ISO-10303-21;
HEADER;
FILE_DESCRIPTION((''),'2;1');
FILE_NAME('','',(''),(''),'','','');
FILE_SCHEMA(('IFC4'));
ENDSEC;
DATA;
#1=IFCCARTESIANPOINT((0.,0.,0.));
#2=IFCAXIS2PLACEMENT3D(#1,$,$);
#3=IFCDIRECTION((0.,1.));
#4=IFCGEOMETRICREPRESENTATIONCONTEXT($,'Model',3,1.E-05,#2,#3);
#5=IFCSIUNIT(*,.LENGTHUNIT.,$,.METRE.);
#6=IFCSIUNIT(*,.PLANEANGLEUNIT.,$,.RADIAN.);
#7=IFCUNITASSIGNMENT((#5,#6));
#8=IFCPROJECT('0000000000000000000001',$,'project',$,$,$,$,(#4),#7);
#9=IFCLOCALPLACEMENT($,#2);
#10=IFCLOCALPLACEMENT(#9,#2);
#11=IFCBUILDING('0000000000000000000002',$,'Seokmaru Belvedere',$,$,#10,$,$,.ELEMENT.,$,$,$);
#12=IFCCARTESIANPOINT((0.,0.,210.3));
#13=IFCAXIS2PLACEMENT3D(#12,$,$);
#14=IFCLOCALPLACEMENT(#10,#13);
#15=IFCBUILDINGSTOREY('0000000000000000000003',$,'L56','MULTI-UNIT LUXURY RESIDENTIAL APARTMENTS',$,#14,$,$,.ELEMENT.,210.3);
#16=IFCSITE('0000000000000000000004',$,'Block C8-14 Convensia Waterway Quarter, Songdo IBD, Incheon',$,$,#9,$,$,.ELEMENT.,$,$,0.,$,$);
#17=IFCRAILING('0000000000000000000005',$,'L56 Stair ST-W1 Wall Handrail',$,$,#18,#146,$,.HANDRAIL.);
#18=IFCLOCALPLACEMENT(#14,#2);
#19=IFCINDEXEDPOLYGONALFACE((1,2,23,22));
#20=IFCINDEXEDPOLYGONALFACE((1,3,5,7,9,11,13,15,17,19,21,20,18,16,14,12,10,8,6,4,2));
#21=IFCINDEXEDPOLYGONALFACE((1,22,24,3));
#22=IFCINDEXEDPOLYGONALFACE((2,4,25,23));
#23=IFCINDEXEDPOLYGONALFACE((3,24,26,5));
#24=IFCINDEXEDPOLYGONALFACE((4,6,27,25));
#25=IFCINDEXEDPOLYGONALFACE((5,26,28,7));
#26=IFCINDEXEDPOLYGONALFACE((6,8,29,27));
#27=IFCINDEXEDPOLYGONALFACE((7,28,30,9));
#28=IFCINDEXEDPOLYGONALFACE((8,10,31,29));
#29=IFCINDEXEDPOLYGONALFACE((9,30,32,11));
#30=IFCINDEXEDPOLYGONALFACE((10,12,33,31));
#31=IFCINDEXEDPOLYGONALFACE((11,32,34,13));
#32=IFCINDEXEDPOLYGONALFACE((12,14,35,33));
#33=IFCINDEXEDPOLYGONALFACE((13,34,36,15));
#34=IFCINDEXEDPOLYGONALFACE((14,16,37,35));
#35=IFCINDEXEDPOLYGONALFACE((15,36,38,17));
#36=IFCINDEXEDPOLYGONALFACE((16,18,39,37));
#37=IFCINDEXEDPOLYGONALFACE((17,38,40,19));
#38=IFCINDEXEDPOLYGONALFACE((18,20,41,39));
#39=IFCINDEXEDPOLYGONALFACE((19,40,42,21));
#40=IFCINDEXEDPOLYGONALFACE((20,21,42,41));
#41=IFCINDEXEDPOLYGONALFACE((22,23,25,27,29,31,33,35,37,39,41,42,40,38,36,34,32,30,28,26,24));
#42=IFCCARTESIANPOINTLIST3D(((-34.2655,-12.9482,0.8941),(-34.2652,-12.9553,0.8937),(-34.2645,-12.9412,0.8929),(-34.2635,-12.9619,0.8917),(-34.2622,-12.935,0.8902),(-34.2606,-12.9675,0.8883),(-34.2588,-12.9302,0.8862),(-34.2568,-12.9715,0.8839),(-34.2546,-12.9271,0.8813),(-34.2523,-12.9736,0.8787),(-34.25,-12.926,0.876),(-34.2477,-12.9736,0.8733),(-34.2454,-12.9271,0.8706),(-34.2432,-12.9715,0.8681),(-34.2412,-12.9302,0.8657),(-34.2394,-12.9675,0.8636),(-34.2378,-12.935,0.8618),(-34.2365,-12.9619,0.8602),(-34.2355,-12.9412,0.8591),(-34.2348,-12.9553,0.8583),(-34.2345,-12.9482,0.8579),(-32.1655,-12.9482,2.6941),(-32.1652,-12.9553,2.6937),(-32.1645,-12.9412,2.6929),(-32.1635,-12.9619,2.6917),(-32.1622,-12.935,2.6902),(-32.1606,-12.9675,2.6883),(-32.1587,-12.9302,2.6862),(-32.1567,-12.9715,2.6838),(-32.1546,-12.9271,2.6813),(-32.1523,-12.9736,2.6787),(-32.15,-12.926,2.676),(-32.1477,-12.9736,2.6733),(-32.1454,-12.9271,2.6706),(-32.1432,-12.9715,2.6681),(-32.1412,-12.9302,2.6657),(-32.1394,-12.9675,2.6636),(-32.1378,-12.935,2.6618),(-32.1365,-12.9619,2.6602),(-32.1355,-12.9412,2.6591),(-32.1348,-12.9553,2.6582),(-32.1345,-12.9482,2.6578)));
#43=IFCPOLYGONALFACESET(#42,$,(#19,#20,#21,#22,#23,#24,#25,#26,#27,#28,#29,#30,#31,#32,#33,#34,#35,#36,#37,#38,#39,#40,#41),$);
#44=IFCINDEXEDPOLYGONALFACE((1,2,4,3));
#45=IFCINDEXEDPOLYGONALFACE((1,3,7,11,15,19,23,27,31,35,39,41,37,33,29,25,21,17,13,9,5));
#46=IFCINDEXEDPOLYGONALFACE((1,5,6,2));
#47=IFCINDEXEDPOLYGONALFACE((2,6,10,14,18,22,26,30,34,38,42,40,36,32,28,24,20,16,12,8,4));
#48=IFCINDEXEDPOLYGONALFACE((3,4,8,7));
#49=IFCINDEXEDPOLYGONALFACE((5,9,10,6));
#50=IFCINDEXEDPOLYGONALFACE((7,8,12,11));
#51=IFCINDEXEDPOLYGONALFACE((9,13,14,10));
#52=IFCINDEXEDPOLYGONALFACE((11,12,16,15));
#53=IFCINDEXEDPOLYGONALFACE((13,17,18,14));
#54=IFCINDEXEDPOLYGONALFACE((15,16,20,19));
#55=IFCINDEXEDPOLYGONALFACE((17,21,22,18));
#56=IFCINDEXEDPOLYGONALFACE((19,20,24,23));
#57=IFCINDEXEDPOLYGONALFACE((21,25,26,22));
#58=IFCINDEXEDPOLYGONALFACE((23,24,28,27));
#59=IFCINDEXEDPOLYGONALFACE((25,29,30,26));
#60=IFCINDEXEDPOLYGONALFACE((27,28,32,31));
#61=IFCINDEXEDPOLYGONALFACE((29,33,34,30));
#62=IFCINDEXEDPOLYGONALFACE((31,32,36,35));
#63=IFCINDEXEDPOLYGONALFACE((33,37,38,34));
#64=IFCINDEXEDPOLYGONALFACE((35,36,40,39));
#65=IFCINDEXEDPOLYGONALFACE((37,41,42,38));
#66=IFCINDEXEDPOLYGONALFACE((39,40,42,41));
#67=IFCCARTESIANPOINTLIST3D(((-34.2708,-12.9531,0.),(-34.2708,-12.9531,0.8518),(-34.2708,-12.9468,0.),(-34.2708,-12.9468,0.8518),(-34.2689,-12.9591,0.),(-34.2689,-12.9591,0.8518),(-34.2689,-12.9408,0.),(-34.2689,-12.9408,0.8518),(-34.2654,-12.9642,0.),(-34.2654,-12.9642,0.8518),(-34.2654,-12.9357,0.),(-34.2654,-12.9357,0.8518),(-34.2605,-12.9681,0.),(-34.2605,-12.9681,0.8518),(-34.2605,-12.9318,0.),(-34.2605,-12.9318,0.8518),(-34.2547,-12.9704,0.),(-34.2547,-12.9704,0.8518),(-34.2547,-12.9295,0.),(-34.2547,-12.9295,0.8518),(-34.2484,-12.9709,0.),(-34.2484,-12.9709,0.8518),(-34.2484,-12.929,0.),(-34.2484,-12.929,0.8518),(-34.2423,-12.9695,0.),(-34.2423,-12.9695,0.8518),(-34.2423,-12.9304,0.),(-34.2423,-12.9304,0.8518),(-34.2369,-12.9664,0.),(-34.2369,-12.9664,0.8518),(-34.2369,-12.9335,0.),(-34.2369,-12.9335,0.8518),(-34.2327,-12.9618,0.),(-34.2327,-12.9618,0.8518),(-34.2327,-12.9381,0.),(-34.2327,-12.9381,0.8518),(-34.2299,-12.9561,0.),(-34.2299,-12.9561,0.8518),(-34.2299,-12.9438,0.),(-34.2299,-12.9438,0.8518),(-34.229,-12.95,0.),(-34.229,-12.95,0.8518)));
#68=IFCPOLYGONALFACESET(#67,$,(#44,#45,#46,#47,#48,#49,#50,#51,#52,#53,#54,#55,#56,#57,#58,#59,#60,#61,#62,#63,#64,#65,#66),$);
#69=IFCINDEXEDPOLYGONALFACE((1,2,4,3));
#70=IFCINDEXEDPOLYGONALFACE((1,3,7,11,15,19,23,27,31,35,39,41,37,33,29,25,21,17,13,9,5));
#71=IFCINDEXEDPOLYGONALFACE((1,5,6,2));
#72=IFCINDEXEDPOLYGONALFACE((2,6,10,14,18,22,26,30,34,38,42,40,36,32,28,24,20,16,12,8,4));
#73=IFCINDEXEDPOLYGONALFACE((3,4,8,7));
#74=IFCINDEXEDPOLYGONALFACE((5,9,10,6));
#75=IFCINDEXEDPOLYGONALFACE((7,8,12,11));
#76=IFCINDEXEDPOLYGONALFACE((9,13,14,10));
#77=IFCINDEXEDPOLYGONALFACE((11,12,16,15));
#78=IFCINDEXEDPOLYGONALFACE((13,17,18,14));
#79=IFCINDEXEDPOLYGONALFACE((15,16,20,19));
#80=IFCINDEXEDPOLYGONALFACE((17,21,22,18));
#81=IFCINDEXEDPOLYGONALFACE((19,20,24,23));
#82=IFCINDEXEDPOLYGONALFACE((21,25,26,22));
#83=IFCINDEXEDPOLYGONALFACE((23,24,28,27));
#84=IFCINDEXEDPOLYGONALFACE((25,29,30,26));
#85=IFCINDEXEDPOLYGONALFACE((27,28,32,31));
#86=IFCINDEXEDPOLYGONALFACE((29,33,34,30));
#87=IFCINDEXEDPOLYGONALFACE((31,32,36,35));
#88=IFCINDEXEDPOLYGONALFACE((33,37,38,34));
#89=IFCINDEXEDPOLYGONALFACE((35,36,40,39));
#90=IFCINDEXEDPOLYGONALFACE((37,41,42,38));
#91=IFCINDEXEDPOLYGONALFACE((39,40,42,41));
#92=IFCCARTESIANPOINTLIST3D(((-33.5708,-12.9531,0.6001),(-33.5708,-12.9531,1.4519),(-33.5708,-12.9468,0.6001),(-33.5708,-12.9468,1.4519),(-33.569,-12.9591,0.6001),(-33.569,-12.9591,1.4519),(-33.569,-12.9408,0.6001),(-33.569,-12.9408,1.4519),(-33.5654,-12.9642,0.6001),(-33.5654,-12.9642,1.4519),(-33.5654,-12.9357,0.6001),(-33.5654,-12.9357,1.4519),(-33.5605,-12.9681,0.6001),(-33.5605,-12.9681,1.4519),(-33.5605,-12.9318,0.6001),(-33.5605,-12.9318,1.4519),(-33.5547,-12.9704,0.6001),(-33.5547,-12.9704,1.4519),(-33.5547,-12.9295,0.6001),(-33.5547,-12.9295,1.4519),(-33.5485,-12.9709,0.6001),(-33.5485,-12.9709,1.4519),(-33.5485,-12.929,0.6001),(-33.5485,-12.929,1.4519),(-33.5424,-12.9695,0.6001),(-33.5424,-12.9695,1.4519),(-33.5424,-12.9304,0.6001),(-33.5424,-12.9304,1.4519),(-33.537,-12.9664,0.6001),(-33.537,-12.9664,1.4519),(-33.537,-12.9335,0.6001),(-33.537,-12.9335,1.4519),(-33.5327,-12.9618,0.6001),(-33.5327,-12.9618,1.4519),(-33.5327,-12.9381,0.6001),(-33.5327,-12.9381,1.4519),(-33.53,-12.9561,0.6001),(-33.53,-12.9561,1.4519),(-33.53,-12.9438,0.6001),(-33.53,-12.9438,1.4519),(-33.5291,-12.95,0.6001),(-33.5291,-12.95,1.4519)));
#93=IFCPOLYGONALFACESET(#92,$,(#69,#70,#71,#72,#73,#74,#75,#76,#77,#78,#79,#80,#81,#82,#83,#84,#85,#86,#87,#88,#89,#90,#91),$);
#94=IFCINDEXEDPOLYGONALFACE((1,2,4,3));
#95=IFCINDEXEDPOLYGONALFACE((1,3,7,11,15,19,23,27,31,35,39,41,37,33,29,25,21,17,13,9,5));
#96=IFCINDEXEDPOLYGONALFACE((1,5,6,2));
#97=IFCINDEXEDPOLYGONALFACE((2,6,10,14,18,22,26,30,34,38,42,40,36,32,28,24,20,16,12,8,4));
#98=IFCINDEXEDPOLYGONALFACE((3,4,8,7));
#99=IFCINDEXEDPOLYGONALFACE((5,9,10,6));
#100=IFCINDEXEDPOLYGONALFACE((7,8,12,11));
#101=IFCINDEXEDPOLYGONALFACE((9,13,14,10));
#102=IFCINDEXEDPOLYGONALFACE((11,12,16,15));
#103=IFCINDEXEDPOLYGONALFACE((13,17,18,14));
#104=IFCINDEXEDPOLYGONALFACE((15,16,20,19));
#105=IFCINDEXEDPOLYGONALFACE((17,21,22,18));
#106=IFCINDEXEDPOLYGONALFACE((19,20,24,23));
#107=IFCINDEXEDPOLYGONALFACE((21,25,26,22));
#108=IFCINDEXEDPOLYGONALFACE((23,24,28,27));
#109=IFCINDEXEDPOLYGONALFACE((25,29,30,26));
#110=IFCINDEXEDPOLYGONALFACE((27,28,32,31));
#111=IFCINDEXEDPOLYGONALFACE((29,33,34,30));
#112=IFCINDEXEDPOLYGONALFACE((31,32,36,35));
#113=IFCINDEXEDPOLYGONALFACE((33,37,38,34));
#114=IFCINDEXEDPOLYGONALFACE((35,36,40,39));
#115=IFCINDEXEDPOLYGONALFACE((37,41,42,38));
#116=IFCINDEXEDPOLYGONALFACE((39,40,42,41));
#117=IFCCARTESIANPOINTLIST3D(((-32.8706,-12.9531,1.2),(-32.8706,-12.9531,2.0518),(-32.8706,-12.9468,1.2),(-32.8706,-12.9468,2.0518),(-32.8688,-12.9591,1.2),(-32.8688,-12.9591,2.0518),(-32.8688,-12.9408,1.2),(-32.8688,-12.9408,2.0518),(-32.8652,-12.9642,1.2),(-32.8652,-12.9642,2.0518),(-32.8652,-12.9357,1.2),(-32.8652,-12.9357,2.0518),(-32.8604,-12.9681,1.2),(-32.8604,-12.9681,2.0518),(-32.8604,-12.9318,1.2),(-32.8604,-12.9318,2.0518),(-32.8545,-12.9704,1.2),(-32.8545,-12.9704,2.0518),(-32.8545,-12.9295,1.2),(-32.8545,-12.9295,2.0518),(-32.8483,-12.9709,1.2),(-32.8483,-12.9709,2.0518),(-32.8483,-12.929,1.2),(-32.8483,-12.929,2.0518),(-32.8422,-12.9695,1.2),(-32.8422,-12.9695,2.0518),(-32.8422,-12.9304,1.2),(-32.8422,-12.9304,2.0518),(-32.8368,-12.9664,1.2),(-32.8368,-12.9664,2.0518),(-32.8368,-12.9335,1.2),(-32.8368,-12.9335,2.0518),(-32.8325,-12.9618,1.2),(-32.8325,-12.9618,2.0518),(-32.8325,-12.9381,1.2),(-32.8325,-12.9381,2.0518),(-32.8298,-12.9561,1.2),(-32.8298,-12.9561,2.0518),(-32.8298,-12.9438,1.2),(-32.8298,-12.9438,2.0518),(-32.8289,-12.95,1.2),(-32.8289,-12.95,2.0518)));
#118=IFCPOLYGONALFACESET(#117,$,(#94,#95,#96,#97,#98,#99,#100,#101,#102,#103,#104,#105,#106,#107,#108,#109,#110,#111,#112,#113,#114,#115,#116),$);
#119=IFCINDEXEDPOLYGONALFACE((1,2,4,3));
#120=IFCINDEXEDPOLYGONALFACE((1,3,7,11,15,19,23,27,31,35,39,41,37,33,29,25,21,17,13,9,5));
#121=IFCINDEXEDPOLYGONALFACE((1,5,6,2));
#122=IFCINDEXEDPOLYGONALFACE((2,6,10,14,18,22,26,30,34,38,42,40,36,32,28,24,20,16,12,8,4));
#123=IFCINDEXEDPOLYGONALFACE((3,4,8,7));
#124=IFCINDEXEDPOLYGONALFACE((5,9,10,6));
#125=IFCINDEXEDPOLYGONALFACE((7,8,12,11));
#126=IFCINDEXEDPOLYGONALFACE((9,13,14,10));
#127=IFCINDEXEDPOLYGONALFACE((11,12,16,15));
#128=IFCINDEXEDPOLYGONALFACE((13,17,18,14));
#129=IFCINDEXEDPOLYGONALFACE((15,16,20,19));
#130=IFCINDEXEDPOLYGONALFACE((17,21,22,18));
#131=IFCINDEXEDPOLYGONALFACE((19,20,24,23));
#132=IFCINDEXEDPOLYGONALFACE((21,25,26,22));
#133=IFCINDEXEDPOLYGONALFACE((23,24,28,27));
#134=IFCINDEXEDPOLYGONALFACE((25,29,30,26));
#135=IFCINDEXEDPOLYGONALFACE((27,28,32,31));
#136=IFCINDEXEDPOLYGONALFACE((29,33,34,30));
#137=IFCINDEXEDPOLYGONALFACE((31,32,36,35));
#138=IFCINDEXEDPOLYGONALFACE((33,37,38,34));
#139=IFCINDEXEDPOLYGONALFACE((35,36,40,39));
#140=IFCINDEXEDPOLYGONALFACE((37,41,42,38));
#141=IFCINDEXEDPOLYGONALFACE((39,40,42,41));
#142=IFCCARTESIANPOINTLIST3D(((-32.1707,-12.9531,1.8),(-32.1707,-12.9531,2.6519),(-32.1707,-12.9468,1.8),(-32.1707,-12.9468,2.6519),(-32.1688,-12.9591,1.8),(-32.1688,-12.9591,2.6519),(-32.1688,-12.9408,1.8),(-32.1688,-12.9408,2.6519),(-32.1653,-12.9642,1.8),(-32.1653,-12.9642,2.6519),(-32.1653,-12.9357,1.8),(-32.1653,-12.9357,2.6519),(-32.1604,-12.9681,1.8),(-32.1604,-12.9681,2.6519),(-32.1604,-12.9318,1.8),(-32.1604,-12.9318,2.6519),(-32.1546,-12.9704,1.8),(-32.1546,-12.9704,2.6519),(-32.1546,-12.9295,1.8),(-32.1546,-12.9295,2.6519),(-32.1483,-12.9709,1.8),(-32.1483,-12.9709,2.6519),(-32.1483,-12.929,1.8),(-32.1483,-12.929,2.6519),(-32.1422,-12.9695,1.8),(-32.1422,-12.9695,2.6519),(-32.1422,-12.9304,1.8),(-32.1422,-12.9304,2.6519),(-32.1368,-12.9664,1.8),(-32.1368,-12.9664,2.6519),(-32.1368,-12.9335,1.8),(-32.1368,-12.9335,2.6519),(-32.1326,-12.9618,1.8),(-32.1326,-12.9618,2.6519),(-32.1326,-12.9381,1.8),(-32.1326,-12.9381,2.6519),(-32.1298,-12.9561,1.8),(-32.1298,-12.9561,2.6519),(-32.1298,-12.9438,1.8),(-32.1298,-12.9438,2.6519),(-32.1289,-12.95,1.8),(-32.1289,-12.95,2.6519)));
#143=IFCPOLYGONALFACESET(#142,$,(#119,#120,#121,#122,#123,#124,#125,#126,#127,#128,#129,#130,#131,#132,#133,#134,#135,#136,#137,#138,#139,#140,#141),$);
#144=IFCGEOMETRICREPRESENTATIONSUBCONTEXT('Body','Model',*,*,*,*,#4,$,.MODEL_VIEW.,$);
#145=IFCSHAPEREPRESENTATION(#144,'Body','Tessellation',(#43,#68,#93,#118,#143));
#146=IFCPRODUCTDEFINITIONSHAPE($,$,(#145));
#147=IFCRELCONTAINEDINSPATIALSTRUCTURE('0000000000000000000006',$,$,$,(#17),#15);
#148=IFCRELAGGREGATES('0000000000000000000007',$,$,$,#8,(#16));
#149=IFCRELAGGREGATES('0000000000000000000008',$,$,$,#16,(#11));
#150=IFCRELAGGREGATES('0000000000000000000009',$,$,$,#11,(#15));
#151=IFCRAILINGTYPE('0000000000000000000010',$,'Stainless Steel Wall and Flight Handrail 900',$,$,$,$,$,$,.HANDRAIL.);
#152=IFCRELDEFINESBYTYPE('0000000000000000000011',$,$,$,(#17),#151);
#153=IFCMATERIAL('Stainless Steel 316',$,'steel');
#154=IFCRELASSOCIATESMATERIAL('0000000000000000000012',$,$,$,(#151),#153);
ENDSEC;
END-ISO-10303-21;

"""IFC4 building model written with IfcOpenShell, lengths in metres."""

from ifc_helpers import new_model, si_unit, direction, frame, origin, origin_2d, place, context, subcontext, project, spatial, circle, extrude, material, type_object, element, save


model = new_model("IFC4")

# Units and contexts
model_context = context("Model", 3, precision=1e-05, world=origin(), true_north=direction((0.0, 1.0)))
body_context = subcontext(model_context, "Body", "Model", "MODEL_VIEW")
ifc_project = project(units=[si_unit("LENGTHUNIT", "METRE"), si_unit("PLANEANGLEUNIT", "RADIAN")], contexts=[model_context])

# Site, building, storey
site_placement = place(None, origin())
site = spatial("IfcSite", under=ifc_project, at=site_placement, Name="Block C8-14 Convensia Waterway Quarter, Songdo IBD, Incheon", CompositionType="ELEMENT", RefElevation=0.0)
building_placement = place(site_placement, origin())
building = spatial("IfcBuilding", under=site, at=building_placement, Name="Seokmaru Belvedere", CompositionType="ELEMENT")
storey_placement = place(building_placement, frame((0.0, 0.0, 210.3)))
storey = spatial("IfcBuildingStorey", under=building, at=storey_placement, Name="L56", Description="MULTI-UNIT LUXURY RESIDENTIAL APARTMENTS", CompositionType="ELEMENT", Elevation=210.3)

# Railing
ifc_material_1 = material(Name="Stainless Steel 316", Category="steel")
railing_type_1 = type_object("IfcRailingType", Name="Stainless Steel Wall and Flight Handrail 900", PredefinedType="HANDRAIL", material=ifc_material_1)
railing_1_placement = place(storey_placement, frame((-34.25, -12.95, 0.0)))
element("IfcRailing", 1, at=railing_1_placement, inside=storey, type_object=railing_type_1, Name="L56 Stair ST-W1 Wall Handrail", PredefinedType="HANDRAIL", context=body_context, shape_type="SweptSolid", body=[
    extrude(circle(Radius=0.0239, at=origin_2d()), frame((0.0, 0.0, 0.876), z_axis=(0.759263, 0.0, 0.650784), x_axis=(0.0, 1.0, 0.0)), (0.0, 0.0, 1.0), 2.7659),
    extrude(circle(Radius=0.021, at=origin_2d()), origin(), (0.0, 0.0, 1.0), 0.8518),
    extrude(circle(Radius=0.021, at=origin_2d()), frame((0.7, 0.0, 0.6001)), (0.0, 0.0, 1.0), 0.8518),
    extrude(circle(Radius=0.021, at=origin_2d()), frame((1.4001, 0.0, 1.2)), (0.0, 0.0, 1.0), 0.8518),
    extrude(circle(Radius=0.021, at=origin_2d()), frame((2.1001, 0.0, 1.8)), (0.0, 0.0, 1.0), 0.8518),
])

save(model, "model.ifc")
